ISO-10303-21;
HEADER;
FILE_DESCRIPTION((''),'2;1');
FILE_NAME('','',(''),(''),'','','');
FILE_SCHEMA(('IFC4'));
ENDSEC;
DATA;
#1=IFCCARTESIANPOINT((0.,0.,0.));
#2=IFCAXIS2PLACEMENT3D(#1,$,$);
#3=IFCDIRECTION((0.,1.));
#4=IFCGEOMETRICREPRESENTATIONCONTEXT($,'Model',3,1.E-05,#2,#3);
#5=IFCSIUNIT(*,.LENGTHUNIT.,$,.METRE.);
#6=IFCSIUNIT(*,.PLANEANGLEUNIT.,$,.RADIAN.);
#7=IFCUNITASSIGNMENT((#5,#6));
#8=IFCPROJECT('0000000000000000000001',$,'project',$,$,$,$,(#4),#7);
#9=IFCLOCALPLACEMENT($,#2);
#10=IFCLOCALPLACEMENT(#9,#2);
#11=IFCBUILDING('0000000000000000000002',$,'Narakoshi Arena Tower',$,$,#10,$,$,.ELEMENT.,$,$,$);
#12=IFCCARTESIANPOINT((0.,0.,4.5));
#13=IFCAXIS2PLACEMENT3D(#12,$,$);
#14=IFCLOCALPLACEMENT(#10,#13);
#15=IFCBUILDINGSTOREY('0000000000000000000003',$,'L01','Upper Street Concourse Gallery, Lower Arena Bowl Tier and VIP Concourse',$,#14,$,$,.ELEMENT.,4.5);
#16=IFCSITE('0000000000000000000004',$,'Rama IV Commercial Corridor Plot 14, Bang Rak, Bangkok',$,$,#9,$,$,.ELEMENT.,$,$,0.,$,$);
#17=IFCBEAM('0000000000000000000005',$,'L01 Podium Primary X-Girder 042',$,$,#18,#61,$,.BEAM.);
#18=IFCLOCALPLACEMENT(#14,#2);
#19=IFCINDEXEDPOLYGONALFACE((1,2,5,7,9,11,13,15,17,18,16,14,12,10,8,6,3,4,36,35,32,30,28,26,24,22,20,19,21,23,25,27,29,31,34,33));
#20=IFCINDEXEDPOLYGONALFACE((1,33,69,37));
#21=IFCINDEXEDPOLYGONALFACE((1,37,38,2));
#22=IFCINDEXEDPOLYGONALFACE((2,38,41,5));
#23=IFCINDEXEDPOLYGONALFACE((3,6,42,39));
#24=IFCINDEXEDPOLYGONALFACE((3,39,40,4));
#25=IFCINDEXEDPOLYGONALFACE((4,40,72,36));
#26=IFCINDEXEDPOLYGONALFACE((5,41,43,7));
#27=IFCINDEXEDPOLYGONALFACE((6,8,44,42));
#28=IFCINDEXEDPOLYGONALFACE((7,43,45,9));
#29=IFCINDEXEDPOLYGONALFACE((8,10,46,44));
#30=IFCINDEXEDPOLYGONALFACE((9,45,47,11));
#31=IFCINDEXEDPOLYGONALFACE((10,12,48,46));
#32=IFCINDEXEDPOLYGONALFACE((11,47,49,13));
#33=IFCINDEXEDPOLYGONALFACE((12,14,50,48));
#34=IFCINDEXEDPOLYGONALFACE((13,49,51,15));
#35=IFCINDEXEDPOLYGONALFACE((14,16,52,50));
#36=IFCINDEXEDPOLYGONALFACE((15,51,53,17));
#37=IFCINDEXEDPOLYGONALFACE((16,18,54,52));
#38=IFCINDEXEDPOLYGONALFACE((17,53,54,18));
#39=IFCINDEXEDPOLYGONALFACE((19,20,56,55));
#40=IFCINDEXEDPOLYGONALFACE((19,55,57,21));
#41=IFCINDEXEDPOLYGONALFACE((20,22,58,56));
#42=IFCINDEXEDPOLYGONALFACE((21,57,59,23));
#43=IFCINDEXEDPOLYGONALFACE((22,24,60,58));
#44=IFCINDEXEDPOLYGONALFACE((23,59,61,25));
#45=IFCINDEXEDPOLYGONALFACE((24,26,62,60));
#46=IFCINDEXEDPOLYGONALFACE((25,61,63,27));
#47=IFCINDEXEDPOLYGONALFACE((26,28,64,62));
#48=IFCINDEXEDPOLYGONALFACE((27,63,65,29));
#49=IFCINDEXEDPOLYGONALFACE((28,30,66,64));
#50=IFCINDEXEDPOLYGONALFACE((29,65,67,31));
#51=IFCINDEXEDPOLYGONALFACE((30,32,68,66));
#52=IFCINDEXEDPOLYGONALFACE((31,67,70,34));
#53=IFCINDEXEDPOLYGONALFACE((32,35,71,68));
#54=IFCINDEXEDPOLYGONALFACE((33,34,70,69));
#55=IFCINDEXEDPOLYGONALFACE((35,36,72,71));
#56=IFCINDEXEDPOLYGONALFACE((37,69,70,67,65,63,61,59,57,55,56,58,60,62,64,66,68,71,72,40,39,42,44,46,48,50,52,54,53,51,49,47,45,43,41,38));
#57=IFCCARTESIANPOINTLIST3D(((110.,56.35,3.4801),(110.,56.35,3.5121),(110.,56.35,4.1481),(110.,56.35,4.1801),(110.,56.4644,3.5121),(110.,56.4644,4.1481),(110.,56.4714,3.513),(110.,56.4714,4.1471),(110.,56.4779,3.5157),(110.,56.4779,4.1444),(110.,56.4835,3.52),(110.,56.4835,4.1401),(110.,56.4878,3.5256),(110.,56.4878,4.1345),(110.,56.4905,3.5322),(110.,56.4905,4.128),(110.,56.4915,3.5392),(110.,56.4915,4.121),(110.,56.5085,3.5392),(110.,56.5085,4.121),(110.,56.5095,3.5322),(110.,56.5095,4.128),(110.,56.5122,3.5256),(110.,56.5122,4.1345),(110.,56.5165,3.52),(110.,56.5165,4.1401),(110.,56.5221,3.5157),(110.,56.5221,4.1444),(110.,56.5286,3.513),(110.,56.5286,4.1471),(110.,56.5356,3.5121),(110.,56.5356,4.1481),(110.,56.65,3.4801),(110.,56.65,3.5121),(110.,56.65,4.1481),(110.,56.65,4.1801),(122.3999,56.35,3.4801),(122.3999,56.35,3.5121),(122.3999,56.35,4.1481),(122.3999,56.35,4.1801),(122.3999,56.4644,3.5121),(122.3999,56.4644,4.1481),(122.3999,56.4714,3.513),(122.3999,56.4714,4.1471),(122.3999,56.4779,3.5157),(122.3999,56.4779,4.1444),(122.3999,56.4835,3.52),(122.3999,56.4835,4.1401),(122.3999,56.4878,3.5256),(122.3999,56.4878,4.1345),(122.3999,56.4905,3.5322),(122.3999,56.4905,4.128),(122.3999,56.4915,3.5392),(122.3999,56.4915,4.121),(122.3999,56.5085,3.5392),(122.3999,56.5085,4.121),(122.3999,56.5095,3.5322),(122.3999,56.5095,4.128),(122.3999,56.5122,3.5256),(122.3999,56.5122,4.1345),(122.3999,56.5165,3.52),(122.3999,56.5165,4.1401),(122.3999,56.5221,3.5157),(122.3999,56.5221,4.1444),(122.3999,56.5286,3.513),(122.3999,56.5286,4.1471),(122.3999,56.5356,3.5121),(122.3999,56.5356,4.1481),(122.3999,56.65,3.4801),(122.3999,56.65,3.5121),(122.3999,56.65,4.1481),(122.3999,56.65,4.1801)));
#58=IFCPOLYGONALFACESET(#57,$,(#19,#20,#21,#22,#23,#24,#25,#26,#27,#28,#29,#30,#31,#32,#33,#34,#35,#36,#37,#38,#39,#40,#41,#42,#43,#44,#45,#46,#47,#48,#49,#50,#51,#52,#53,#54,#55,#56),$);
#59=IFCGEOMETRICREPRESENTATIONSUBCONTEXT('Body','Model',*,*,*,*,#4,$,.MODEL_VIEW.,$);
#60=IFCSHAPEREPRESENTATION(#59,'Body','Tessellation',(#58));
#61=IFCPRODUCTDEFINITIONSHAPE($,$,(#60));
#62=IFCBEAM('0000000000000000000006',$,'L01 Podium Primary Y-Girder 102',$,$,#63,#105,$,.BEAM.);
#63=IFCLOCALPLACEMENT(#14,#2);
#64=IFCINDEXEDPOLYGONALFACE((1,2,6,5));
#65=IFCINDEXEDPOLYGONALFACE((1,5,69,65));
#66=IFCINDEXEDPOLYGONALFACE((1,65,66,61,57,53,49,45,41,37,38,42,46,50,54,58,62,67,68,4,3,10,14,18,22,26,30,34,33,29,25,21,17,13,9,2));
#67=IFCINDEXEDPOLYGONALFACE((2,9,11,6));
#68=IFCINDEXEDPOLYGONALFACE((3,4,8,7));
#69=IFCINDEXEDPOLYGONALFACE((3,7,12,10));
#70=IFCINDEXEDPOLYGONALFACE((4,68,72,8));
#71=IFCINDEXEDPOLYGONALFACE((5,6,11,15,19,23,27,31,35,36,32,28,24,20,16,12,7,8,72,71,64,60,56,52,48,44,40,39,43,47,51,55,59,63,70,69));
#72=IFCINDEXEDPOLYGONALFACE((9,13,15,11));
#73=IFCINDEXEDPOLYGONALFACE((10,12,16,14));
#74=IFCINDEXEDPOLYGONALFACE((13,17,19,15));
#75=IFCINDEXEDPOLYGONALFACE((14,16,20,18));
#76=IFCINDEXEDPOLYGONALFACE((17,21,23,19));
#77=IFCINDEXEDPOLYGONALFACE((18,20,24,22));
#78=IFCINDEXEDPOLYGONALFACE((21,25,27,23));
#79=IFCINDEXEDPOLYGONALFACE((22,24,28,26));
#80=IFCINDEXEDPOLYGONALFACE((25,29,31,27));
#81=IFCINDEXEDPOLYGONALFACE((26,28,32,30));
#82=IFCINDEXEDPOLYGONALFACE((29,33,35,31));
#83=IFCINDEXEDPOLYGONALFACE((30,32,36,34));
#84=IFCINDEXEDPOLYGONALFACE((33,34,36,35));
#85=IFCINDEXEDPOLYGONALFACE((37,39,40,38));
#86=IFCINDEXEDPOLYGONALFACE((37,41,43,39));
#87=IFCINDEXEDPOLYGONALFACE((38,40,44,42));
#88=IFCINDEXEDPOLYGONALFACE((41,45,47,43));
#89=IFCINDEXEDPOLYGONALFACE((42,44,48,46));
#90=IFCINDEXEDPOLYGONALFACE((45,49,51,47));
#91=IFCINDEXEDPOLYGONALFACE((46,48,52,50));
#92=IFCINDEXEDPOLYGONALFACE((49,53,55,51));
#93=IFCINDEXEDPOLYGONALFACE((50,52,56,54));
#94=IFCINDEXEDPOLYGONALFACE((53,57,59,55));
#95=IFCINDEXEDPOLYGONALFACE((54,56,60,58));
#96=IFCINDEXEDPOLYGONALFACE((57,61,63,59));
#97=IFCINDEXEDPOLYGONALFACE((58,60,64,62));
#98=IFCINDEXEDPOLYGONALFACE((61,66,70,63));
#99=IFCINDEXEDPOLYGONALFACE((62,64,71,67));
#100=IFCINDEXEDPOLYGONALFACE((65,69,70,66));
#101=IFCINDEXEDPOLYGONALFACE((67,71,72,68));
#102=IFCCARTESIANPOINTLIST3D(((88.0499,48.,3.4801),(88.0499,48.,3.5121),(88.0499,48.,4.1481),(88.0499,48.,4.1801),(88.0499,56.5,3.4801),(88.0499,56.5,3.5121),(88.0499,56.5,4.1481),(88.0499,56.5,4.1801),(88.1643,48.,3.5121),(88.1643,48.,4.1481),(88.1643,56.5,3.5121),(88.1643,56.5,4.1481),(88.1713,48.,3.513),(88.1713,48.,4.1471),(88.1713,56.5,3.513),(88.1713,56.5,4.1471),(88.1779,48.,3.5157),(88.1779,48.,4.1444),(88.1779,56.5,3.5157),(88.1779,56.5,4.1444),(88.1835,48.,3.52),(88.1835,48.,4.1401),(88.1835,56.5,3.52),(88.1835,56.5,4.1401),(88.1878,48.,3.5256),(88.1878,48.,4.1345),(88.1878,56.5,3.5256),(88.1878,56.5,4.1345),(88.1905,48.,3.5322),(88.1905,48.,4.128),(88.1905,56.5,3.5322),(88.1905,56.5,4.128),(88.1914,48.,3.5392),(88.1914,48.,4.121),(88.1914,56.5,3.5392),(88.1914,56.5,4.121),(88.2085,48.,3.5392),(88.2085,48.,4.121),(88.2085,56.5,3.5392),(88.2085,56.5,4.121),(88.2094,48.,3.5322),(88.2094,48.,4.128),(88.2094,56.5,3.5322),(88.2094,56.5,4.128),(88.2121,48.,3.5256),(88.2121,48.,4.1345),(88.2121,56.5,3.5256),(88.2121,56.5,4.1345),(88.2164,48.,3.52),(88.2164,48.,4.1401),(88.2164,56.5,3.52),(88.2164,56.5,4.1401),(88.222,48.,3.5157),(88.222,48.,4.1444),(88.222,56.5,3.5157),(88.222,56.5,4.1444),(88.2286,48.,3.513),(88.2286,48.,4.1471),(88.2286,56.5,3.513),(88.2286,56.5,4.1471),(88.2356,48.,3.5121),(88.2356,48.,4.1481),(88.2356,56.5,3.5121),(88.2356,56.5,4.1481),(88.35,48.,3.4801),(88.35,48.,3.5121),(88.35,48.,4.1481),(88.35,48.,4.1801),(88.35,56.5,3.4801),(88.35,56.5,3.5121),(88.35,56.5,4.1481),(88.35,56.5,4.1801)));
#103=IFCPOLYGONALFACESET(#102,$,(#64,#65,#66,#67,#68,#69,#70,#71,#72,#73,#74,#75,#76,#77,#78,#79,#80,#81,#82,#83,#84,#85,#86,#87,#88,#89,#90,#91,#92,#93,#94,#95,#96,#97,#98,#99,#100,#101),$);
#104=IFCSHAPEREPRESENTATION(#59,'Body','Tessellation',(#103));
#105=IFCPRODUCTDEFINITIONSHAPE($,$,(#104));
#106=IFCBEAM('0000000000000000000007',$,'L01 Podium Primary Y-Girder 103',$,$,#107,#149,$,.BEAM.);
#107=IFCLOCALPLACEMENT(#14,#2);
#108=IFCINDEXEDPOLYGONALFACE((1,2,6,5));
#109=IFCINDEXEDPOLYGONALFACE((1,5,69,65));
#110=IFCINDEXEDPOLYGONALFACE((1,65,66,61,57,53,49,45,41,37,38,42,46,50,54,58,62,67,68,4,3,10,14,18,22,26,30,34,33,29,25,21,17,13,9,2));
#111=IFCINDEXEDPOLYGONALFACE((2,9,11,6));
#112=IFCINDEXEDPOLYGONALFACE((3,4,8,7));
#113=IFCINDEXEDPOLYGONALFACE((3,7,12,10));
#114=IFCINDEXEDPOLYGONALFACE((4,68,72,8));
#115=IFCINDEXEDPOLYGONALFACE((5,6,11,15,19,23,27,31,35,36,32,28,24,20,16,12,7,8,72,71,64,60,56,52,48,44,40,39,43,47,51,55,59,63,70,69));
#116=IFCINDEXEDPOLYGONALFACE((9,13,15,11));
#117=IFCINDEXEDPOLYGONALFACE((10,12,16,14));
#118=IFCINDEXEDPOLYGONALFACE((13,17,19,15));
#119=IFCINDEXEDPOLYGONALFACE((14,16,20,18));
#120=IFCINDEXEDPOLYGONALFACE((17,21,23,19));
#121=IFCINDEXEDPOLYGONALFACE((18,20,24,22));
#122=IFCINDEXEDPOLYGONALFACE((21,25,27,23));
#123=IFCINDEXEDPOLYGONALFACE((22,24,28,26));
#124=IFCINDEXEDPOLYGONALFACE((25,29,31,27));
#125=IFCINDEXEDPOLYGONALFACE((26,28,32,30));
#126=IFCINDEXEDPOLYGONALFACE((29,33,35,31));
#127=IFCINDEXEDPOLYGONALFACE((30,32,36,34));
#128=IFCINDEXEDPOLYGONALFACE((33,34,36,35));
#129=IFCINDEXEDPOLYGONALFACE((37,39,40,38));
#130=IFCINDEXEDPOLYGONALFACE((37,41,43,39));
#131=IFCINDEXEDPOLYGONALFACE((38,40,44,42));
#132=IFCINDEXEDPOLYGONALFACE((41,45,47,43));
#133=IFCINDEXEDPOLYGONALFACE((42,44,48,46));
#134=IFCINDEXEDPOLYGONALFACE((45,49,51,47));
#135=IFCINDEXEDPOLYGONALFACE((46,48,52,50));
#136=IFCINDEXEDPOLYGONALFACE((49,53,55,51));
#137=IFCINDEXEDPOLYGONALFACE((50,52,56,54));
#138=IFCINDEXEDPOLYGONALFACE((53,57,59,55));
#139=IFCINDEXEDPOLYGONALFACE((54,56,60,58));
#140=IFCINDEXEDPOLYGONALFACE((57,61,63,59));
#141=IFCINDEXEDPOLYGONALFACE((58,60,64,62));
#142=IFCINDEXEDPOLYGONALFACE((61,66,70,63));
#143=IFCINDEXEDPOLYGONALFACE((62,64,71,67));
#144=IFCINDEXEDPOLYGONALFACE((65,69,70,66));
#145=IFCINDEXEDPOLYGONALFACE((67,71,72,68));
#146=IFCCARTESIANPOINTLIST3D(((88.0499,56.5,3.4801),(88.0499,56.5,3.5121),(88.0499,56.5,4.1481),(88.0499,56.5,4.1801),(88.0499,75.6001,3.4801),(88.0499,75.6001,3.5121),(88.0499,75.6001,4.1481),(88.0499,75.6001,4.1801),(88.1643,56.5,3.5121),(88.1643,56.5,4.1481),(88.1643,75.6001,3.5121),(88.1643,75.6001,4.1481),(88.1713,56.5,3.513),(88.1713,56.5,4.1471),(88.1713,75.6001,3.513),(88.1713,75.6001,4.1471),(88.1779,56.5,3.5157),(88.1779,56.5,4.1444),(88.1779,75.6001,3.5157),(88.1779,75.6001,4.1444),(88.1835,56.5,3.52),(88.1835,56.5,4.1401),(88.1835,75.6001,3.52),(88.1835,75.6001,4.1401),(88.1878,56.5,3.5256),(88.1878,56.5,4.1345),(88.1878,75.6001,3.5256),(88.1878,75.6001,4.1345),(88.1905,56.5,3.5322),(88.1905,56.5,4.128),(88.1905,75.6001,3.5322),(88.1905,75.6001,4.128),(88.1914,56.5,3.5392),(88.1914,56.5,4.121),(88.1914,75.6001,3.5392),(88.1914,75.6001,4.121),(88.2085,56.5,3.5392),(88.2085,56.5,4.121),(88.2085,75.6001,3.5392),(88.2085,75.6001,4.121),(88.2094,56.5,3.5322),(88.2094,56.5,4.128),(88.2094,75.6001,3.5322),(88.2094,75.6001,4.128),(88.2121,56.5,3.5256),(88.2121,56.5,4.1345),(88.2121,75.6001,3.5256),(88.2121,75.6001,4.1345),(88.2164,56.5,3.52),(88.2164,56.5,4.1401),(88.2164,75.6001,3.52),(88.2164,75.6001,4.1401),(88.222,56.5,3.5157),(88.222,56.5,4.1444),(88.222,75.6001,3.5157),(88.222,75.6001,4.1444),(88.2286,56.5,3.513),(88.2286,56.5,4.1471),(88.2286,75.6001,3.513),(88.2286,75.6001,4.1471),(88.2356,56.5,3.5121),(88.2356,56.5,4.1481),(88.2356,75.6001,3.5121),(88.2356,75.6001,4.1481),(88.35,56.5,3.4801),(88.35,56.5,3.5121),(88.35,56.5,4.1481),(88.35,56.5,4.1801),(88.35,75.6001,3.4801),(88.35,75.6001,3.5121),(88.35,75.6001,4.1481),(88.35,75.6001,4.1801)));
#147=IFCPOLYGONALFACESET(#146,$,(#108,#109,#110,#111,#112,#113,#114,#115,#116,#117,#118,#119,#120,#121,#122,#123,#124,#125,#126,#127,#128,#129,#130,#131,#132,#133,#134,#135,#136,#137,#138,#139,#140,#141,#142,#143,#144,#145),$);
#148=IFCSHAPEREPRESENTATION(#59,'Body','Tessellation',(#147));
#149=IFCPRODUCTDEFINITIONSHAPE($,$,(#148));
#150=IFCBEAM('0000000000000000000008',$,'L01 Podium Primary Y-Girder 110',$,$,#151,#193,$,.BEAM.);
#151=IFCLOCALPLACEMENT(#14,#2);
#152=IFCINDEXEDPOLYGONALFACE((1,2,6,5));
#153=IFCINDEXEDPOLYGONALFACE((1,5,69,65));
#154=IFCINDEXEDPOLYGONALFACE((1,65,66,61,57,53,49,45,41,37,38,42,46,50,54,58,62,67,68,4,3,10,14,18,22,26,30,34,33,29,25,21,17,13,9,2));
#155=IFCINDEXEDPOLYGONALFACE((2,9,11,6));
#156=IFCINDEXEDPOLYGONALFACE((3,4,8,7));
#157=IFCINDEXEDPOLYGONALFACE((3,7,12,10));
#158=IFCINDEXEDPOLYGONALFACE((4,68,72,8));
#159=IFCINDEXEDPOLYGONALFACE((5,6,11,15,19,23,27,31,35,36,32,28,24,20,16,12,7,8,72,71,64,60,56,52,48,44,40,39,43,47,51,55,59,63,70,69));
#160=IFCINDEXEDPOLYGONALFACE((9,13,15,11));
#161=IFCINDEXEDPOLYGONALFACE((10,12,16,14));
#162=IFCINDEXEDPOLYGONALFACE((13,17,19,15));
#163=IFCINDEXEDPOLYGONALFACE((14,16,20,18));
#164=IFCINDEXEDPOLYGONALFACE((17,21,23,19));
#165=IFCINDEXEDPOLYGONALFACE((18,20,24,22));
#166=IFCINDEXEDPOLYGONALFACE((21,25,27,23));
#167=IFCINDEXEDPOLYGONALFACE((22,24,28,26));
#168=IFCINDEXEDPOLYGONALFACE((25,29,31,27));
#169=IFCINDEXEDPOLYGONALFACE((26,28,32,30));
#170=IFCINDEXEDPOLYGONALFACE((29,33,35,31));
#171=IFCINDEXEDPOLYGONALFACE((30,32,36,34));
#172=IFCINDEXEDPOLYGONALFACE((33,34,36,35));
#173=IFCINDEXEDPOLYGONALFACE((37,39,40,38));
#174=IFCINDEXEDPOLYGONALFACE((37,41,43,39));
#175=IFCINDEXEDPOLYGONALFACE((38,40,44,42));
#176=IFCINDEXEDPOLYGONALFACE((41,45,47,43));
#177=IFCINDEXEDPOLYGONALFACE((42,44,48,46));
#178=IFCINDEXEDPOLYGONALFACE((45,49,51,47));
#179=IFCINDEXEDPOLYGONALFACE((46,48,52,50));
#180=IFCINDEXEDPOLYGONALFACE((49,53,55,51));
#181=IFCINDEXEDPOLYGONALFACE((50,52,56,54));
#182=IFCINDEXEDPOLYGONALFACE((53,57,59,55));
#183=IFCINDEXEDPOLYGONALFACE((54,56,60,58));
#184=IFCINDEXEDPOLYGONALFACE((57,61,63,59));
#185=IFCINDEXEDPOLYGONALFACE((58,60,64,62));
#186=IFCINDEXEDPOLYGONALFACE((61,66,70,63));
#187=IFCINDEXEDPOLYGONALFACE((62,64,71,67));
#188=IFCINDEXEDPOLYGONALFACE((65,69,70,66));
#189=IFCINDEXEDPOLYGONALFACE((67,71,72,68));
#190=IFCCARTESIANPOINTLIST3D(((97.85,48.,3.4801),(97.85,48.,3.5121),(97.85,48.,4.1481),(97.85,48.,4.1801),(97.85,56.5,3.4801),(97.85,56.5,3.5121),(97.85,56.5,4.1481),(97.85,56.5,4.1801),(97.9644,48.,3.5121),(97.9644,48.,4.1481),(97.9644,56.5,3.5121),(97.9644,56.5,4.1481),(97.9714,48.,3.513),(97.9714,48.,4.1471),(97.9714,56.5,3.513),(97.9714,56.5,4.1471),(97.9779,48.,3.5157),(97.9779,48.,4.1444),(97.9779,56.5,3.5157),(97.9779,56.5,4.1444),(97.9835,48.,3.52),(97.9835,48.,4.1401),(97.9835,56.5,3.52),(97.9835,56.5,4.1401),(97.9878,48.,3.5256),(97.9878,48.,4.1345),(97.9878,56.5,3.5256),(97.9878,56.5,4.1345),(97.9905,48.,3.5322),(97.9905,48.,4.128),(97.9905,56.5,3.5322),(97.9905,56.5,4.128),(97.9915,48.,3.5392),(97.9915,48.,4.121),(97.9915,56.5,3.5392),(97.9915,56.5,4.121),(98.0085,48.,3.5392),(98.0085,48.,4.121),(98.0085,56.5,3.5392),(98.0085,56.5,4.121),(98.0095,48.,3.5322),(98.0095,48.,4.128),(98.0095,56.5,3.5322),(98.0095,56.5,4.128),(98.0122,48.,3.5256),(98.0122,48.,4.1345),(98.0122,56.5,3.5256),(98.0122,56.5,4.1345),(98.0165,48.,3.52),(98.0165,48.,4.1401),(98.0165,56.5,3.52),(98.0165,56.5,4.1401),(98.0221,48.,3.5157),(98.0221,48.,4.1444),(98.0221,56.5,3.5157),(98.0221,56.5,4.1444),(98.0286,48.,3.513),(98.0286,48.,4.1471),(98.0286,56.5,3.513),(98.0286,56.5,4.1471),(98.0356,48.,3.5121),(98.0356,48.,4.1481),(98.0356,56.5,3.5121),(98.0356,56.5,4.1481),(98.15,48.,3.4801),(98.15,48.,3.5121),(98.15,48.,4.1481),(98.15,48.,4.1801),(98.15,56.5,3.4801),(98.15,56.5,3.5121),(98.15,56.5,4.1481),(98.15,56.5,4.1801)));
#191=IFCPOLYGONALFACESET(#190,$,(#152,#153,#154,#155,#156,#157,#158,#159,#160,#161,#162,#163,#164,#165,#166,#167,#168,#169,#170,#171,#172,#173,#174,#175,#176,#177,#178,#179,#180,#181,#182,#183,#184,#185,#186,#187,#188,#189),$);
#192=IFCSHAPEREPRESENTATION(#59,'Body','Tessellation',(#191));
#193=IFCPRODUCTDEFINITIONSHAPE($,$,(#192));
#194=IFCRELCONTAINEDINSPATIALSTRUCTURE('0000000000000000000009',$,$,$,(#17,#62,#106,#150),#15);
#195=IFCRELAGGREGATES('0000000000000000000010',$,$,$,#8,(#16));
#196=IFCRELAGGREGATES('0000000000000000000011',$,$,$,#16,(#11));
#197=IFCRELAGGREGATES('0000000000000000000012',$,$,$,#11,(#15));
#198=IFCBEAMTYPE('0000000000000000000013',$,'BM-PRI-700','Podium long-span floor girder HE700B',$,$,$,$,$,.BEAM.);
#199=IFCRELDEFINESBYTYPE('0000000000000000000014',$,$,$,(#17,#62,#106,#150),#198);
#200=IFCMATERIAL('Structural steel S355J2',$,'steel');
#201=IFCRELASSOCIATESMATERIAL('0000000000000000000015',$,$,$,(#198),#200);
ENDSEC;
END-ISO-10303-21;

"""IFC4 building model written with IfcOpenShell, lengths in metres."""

from ifc_helpers import new_model, si_unit, direction, frame, origin, origin_2d, place, context, subcontext, project, spatial, i_section, extrude, material, material_profile, profile_set, type_object, element, save


model = new_model("IFC4")

# Units and contexts
model_context = context("Model", 3, precision=1e-05, world=origin(), true_north=direction((0.0, 1.0)))
body_context = subcontext(model_context, "Body", "Model", "MODEL_VIEW")
ifc_project = project(units=[si_unit("LENGTHUNIT", "METRE"), si_unit("PLANEANGLEUNIT", "RADIAN")], contexts=[model_context])

# Site, building, storey
site_placement = place(None, origin())
site = spatial("IfcSite", under=ifc_project, at=site_placement, Name="Rama IV Commercial Corridor Plot 14, Bang Rak, Bangkok", CompositionType="ELEMENT", RefElevation=0.0)
building_placement = place(site_placement, origin())
building = spatial("IfcBuilding", under=site, at=building_placement, Name="Narakoshi Arena Tower", CompositionType="ELEMENT")
storey_placement = place(building_placement, frame((0.0, 0.0, 4.5)))
storey = spatial("IfcBuildingStorey", under=building, at=storey_placement, Name="L01", Description="Upper Street Concourse Gallery, Lower Arena Bowl Tier and VIP Concourse", CompositionType="ELEMENT", Elevation=4.5)

# Beams
ifc_material_1 = material(Name="Structural steel S355J2", Category="steel")
ifc_material_profile_1 = material_profile(ifc_material_1, i_section(OverallWidth=0.3, OverallDepth=0.7, WebThickness=0.0171, FlangeThickness=0.032, FilletRadius=0.0271, at=origin_2d()), Name="HE700B")
ifc_profile_set_1 = profile_set([ifc_material_profile_1], Name="Structural steel S355J2")
beam_type_1 = type_object("IfcBeamType", Name="BM-PRI-700", Description="Podium long-span floor girder HE700B", PredefinedType="BEAM", material=ifc_profile_set_1)
beam_1_placement = place(storey_placement, frame((110.0, 56.5, 3.8301), z_axis=(1.0, 0.0, 0.0), x_axis=(0.0, 1.0, 0.0)))
element("IfcBeam", 1, at=beam_1_placement, inside=storey, type_object=beam_type_1, Name="L01 Podium Primary X-Girder 042", PredefinedType="BEAM", context=body_context, shape_type="SweptSolid", body=[
    extrude(i_section(OverallWidth=0.3, OverallDepth=0.7, WebThickness=0.0171, FlangeThickness=0.032, FilletRadius=0.0271, at=origin_2d()), origin(), (0.0, 0.0, 1.0), 12.3999),
])
beam_2_placement = place(storey_placement, frame((88.2, 48.0, 3.8301), z_axis=(0.0, 1.0, 0.0), x_axis=(-1.0, 0.0, 0.0)))
element("IfcBeam", 2, at=beam_2_placement, inside=storey, type_object=beam_type_1, Name="L01 Podium Primary Y-Girder 102", PredefinedType="BEAM", context=body_context, shape_type="SweptSolid", body=[
    extrude(i_section(OverallWidth=0.3, OverallDepth=0.7, WebThickness=0.0171, FlangeThickness=0.032, FilletRadius=0.0271, at=origin_2d()), origin(), (0.0, 0.0, 1.0), 8.5),
])
beam_3_placement = place(storey_placement, frame((88.2, 56.5, 3.8301), z_axis=(0.0, 1.0, 0.0), x_axis=(-1.0, 0.0, 0.0)))
element("IfcBeam", 3, at=beam_3_placement, inside=storey, type_object=beam_type_1, Name="L01 Podium Primary Y-Girder 103", PredefinedType="BEAM", context=body_context, shape_type="SweptSolid", body=[
    extrude(i_section(OverallWidth=0.3, OverallDepth=0.7, WebThickness=0.0171, FlangeThickness=0.032, FilletRadius=0.0271, at=origin_2d()), origin(), (0.0, 0.0, 1.0), 19.1001),
])
beam_4_placement = place(storey_placement, frame((98.0, 48.0, 3.8301), z_axis=(0.0, 1.0, 0.0), x_axis=(-1.0, 0.0, 0.0)))
element("IfcBeam", 4, at=beam_4_placement, inside=storey, type_object=beam_type_1, Name="L01 Podium Primary Y-Girder 110", PredefinedType="BEAM", context=body_context, shape_type="SweptSolid", body=[
    extrude(i_section(OverallWidth=0.3, OverallDepth=0.7, WebThickness=0.0171, FlangeThickness=0.032, FilletRadius=0.0271, at=origin_2d()), origin(), (0.0, 0.0, 1.0), 8.5),
])

save(model, "model.ifc")
